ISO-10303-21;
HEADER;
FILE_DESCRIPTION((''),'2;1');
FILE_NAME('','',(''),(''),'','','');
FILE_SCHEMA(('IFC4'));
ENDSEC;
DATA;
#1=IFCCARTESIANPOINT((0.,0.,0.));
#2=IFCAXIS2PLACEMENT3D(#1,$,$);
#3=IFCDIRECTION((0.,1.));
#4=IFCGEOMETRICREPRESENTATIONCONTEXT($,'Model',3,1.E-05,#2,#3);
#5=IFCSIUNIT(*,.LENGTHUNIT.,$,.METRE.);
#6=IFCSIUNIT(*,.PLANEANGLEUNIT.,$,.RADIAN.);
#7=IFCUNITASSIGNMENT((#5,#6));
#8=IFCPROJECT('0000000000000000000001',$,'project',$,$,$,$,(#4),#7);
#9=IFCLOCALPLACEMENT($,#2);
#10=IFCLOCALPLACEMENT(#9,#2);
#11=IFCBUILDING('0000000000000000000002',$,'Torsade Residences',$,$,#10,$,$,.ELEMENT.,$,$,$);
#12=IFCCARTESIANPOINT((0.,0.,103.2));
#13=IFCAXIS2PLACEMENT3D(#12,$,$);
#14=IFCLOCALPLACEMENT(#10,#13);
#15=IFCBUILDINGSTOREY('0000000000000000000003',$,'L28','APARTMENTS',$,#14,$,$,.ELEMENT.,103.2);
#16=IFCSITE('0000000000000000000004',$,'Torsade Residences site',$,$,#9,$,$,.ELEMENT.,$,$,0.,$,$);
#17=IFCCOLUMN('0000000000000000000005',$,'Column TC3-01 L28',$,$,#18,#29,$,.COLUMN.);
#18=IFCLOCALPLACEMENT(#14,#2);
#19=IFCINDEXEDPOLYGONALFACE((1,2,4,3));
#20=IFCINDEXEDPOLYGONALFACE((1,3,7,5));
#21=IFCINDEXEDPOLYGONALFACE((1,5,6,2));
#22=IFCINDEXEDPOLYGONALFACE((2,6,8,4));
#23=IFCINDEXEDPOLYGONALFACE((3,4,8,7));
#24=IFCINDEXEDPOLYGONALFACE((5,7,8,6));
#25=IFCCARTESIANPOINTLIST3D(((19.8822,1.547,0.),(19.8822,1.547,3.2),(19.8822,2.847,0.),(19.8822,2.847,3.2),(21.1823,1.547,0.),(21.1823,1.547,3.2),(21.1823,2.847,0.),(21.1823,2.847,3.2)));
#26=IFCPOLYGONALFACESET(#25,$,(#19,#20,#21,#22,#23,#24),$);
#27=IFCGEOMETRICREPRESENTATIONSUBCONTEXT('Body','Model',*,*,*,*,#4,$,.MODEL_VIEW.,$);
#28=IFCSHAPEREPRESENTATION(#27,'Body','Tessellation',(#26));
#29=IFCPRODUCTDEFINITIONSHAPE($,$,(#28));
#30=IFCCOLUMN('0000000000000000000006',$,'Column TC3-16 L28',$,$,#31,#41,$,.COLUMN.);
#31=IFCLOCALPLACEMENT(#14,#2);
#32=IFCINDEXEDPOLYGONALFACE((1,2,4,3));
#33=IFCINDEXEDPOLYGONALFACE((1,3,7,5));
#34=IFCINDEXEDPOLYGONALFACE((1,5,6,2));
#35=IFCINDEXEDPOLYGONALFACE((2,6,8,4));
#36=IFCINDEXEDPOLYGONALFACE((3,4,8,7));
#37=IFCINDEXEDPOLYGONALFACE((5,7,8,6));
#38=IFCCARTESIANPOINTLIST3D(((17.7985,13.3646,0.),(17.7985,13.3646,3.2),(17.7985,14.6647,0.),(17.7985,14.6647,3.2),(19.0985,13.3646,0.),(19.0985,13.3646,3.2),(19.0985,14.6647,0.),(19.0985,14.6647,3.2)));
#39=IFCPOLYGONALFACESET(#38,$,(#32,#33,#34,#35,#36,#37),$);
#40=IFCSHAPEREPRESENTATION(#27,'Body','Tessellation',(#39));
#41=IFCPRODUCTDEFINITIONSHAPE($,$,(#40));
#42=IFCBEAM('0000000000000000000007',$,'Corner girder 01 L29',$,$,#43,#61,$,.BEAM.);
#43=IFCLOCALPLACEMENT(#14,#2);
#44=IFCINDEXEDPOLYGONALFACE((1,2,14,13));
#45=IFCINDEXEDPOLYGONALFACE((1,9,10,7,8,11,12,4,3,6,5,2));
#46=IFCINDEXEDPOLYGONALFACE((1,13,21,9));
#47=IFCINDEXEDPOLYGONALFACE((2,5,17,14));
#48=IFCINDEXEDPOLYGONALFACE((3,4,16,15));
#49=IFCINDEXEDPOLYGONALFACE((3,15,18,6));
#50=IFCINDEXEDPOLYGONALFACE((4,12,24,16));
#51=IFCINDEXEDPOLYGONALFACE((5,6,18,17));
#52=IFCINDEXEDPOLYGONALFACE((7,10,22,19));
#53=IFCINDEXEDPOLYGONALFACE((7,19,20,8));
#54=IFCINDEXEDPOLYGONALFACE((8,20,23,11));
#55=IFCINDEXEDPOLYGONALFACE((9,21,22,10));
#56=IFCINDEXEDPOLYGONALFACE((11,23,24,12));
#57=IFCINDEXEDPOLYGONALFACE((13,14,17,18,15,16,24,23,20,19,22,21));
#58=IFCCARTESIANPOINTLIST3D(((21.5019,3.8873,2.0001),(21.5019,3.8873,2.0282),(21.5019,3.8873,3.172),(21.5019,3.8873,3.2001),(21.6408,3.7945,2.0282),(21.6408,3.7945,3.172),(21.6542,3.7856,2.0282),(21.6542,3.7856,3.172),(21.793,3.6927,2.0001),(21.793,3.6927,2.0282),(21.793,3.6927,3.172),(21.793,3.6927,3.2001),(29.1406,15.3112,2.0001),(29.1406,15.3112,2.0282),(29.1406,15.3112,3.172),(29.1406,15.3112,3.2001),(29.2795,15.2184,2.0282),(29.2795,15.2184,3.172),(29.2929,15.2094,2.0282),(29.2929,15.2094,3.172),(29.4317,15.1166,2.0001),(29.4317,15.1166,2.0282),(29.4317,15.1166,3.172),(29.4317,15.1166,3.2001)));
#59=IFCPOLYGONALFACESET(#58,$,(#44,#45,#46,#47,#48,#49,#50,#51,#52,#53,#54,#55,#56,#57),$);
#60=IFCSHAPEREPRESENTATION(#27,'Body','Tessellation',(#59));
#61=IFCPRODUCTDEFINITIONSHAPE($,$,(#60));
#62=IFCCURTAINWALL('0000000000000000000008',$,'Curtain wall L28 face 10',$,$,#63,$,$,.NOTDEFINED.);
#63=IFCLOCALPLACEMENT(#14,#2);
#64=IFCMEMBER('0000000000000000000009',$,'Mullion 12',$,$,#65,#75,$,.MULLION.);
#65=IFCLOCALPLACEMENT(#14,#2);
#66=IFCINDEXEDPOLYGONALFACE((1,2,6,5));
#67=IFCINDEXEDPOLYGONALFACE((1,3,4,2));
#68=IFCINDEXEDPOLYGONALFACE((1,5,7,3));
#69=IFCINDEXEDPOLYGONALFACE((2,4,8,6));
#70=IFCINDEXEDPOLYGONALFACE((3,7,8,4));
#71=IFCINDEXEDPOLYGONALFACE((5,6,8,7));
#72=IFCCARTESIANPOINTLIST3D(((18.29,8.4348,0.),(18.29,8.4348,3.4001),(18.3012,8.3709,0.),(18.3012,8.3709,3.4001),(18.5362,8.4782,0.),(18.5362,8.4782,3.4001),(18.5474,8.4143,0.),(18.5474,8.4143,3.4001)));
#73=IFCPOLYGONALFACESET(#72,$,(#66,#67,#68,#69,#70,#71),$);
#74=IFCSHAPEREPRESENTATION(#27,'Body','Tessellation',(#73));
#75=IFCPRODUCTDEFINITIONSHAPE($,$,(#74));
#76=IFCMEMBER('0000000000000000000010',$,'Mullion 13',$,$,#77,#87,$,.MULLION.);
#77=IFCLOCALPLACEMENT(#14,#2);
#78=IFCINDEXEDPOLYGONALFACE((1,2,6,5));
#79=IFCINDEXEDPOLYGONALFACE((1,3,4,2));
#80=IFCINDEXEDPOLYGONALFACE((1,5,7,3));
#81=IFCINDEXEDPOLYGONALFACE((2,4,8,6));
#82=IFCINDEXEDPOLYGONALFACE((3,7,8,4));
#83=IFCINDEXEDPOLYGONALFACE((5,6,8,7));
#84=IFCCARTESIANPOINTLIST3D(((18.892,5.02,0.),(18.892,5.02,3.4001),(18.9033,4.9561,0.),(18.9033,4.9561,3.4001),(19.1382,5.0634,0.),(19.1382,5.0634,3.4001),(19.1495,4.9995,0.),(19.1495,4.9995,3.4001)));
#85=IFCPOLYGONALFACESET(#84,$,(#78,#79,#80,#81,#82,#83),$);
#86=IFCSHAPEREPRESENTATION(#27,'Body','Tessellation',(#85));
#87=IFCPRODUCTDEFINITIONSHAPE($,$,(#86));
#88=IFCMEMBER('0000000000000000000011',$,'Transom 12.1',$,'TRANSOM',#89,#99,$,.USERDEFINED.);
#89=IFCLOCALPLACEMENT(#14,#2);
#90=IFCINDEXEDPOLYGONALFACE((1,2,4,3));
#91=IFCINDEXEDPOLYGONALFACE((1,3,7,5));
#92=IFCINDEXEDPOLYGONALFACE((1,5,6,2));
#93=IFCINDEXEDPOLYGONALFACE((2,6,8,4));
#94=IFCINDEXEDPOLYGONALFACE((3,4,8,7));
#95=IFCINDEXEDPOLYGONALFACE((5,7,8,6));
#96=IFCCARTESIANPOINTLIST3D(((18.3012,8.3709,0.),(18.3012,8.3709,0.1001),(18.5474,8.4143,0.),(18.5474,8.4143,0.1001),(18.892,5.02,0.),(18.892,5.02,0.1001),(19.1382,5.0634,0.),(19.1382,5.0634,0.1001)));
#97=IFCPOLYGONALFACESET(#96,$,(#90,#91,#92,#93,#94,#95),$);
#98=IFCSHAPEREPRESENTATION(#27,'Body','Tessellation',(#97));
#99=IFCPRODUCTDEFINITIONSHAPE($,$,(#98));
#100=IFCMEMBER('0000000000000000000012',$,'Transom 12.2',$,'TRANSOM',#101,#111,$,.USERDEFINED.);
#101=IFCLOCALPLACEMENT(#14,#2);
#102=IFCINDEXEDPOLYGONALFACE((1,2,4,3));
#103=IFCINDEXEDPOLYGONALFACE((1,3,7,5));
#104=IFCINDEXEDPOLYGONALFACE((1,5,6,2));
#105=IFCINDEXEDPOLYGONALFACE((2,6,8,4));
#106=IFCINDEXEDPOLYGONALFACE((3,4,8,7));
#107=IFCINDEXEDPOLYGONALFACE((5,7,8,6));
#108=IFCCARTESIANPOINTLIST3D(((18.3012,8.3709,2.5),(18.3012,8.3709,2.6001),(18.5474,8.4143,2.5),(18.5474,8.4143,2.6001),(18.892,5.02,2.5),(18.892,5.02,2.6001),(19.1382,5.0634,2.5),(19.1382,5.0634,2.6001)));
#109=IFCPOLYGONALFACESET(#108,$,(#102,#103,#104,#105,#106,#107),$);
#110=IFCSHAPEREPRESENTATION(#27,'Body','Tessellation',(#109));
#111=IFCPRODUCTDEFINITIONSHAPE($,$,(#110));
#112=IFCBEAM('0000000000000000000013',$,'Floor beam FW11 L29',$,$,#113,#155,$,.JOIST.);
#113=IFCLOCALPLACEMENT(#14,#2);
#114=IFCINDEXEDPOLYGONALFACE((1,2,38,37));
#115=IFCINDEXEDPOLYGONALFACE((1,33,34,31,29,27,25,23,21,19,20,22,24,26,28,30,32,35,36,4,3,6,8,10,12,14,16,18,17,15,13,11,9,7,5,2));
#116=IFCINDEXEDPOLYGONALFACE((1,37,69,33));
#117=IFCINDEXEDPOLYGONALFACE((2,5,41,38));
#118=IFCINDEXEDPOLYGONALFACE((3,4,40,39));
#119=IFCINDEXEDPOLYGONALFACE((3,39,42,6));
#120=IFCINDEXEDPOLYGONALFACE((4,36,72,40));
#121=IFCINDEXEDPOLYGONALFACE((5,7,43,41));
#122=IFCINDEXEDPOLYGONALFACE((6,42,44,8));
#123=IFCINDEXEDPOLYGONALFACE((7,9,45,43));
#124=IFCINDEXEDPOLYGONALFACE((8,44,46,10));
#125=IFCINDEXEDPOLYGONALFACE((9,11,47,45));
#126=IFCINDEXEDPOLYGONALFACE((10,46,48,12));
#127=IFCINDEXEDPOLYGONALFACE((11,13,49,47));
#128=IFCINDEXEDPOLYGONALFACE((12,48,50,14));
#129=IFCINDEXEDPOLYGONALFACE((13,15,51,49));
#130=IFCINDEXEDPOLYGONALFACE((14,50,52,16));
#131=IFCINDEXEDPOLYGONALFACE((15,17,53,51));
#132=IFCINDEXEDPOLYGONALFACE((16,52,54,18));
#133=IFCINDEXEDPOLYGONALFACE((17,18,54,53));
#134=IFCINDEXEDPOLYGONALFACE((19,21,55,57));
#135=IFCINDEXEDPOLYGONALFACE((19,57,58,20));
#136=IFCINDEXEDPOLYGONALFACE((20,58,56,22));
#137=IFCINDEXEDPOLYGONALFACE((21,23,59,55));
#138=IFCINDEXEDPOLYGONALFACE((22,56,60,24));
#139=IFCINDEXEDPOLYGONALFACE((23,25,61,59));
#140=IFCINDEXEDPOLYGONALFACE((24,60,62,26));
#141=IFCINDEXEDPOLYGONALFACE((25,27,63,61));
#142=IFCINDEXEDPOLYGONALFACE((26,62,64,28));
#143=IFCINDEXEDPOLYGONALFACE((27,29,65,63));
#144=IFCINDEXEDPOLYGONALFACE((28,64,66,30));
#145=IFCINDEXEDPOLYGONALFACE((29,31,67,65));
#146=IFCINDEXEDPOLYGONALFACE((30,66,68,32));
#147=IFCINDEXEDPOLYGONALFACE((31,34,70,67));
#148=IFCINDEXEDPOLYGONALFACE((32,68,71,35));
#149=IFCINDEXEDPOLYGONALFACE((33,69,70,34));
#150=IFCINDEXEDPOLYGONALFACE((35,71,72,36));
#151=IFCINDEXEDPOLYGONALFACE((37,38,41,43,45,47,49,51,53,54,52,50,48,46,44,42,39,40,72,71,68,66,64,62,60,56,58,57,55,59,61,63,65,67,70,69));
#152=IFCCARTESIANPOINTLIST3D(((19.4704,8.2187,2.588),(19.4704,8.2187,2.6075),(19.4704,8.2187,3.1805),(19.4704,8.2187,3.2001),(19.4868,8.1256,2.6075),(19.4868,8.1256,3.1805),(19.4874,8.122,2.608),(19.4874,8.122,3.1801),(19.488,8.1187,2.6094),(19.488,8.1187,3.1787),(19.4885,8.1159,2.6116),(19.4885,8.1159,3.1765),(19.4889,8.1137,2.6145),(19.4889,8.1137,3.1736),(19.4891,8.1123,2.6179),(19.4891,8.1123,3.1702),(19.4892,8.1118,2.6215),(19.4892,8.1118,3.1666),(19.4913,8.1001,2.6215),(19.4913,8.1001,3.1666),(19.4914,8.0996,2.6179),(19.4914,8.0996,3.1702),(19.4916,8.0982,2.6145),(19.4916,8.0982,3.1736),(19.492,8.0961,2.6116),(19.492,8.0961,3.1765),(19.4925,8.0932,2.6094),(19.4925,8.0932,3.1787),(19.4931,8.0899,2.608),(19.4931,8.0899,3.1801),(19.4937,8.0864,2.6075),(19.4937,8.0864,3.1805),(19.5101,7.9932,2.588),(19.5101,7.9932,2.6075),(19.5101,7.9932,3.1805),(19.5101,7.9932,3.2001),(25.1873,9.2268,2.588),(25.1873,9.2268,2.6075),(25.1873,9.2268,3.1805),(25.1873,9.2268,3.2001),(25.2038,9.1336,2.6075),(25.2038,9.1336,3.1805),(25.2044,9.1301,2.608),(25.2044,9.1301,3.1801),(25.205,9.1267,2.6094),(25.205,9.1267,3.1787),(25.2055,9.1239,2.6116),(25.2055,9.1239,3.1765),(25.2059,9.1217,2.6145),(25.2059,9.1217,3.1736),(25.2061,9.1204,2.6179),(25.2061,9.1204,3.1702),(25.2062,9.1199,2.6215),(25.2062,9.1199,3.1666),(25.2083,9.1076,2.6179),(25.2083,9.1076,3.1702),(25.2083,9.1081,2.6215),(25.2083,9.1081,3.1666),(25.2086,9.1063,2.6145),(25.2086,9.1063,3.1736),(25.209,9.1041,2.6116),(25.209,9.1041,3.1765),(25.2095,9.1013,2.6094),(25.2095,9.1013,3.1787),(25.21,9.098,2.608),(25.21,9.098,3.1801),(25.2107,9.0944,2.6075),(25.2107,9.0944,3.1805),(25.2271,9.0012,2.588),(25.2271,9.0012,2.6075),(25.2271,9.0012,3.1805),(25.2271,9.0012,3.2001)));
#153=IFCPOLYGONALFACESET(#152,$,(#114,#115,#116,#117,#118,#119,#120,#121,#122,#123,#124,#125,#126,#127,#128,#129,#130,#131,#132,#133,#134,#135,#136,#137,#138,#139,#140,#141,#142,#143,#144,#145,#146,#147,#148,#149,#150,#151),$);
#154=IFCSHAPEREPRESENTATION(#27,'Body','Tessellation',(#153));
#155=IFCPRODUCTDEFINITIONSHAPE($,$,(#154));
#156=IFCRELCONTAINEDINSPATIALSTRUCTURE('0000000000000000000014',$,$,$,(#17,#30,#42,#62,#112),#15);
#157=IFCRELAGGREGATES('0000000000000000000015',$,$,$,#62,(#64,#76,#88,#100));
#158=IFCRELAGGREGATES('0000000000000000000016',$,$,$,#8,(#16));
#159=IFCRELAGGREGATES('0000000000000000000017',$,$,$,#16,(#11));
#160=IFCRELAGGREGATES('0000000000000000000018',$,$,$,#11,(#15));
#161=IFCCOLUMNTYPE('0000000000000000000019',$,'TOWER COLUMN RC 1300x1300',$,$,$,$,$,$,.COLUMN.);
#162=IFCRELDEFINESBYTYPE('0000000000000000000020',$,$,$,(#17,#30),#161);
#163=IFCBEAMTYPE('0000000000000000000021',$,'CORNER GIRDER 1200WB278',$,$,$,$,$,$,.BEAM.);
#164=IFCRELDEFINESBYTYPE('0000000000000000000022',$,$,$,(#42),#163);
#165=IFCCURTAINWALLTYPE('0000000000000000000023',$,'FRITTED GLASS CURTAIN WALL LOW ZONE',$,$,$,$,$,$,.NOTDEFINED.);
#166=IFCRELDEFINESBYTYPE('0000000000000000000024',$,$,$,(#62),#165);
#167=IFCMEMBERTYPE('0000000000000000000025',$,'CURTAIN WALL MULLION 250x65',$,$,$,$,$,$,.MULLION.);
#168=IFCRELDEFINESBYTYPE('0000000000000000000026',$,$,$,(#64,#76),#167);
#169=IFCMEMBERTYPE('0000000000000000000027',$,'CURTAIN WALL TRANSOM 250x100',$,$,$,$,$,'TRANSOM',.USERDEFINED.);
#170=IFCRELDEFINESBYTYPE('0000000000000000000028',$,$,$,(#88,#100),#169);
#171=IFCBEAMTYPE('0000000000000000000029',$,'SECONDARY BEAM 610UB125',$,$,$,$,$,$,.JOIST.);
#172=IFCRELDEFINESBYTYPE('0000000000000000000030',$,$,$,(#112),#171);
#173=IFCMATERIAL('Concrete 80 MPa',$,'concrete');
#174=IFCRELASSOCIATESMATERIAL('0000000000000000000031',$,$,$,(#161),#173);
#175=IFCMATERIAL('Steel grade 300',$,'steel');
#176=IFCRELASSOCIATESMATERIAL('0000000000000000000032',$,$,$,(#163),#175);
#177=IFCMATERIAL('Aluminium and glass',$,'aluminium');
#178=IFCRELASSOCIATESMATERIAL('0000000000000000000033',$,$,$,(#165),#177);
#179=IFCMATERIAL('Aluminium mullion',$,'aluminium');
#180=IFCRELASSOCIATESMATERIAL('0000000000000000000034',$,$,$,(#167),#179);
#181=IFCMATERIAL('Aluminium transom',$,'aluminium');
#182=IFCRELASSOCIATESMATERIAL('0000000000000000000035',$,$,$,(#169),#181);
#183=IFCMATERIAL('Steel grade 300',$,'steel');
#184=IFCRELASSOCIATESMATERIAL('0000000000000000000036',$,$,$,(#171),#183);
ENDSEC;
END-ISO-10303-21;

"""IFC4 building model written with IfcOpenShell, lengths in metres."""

from ifc_helpers import new_model, si_unit, direction, frame, origin, origin_2d, place, context, subcontext, project, spatial, rectangle, i_section, extrude, material, material_profile, profile_set, type_object, element, aggregate, save


model = new_model("IFC4")

# Units and contexts
model_context = context("Model", 3, precision=1e-05, world=origin(), true_north=direction((0.0, 1.0)))
body_context = subcontext(model_context, "Body", "Model", "MODEL_VIEW")
ifc_project = project(units=[si_unit("LENGTHUNIT", "METRE"), si_unit("PLANEANGLEUNIT", "RADIAN")], contexts=[model_context])

# Site, building, storey
site_placement = place(None, origin())
site = spatial("IfcSite", under=ifc_project, at=site_placement, Name="Torsade Residences site", CompositionType="ELEMENT", RefElevation=0.0)
building_placement = place(site_placement, origin())
building = spatial("IfcBuilding", under=site, at=building_placement, Name="Torsade Residences", CompositionType="ELEMENT")
storey_placement = place(building_placement, frame((0.0, 0.0, 103.2)))
storey = spatial("IfcBuildingStorey", under=building, at=storey_placement, Name="L28", Description="APARTMENTS", CompositionType="ELEMENT", Elevation=103.2)

# Columns
ifc_material_1 = material(Name="Concrete 80 MPa", Category="concrete")
ifc_material_profile_1 = material_profile(ifc_material_1, rectangle(XDim=1.3, YDim=1.3, at=origin_2d()), Name="RC 1300x1300")
ifc_profile_set_1 = profile_set([ifc_material_profile_1], Name="Concrete 80 MPa")
column_type = type_object("IfcColumnType", Name="TOWER COLUMN RC 1300x1300", PredefinedType="COLUMN", material=ifc_profile_set_1)
for number, where, z_axis, x_axis, name in (
    (1, (20.5322, 2.197, 0.0), (0.0, 0.0, 1.0), (1.0, 0.0, 0.0), "Column TC3-01 L28"),
    (2, (18.4485, 14.0146, 0.0), (0.0, 0.0, 1.0), (1.0, 0.0, 0.0), "Column TC3-16 L28"),
):
    element("IfcColumn", number, at=place(storey_placement, frame(where, z_axis=z_axis, x_axis=x_axis)), inside=storey, type_object=column_type, Name=name, PredefinedType="COLUMN", context=body_context, shape_type="SweptSolid", body=[
        extrude(rectangle(XDim=1.3, YDim=1.3, at=origin_2d()), origin(), (0.0, 0.0, 1.0), 3.2),
    ])

# Beam
ifc_material_2 = material(Name="Steel grade 300", Category="steel")
ifc_material_profile_2 = material_profile(ifc_material_2, i_section(OverallWidth=0.3501, OverallDepth=1.2, WebThickness=0.0161, FlangeThickness=0.0281, at=origin_2d()), Name="1200WB278")
ifc_profile_set_2 = profile_set([ifc_material_profile_2], Name="Steel grade 300")
beam_type_1 = type_object("IfcBeamType", Name="CORNER GIRDER 1200WB278", PredefinedType="BEAM", material=ifc_profile_set_2)
beam_1_placement = place(storey_placement, frame((21.6475, 3.79, 2.6001), z_axis=(0.555848, 0.831284, 0.0), x_axis=(-0.831284, 0.555848, 0.0)))
element("IfcBeam", 3, at=beam_1_placement, inside=storey, type_object=beam_type_1, Name="Corner girder 01 L29", PredefinedType="BEAM", context=body_context, shape_type="SweptSolid", body=[
    extrude(i_section(OverallWidth=0.3501, OverallDepth=1.2, WebThickness=0.0161, FlangeThickness=0.0281, at=origin_2d()), origin(), (0.0, 0.0, 1.0), 13.7424),
])

# Curtain wall, members
ifc_material_3 = material(Name="Aluminium and glass", Category="aluminium")
curtain_wall_type = type_object("IfcCurtainWallType", Name="FRITTED GLASS CURTAIN WALL LOW ZONE", PredefinedType="NOTDEFINED", material=ifc_material_3)
curtain_wall_placement = place(storey_placement, origin())
curtain_wall = element("IfcCurtainWall", 4, at=curtain_wall_placement, inside=storey, type_object=curtain_wall_type, Name="Curtain wall L28 face 10", PredefinedType="NOTDEFINED")
ifc_material_4 = material(Name="Aluminium mullion", Category="aluminium")
ifc_material_profile_3 = material_profile(ifc_material_4, rectangle(XDim=0.25, YDim=0.0649, at=origin_2d()), Name="CURTAIN WALL MULLION 250x65")
ifc_profile_set_3 = profile_set([ifc_material_profile_3], Name="Aluminium mullion")
member_type_1 = type_object("IfcMemberType", Name="CURTAIN WALL MULLION 250x65", PredefinedType="MULLION", material=ifc_profile_set_3)
member_1_placement = place(storey_placement, frame((18.4187, 8.4246, 0.0), z_axis=(0.0, 0.0, 1.0), x_axis=(0.984808, 0.173648, 0.0)))
member_1 = element("IfcMember", 5, at=member_1_placement, type_object=member_type_1, Name="Mullion 12", PredefinedType="MULLION", context=body_context, shape_type="SweptSolid", body=[
    extrude(rectangle(XDim=0.25, YDim=0.0649, at=origin_2d()), origin(), (0.0, 0.0, 1.0), 3.4001),
])
member_2_placement = place(storey_placement, frame((19.0208, 5.0098, 0.0), z_axis=(0.0, 0.0, 1.0), x_axis=(0.984808, 0.173648, 0.0)))
member_2 = element("IfcMember", 6, at=member_2_placement, type_object=member_type_1, Name="Mullion 13", PredefinedType="MULLION", context=body_context, shape_type="SweptSolid", body=[
    extrude(rectangle(XDim=0.25, YDim=0.0649, at=origin_2d()), origin(), (0.0, 0.0, 1.0), 3.4001),
])
ifc_material_5 = material(Name="Aluminium transom", Category="aluminium")
ifc_material_profile_4 = material_profile(ifc_material_5, rectangle(XDim=0.25, YDim=0.1001, at=origin_2d()), Name="CURTAIN WALL TRANSOM 250x100")
ifc_profile_set_4 = profile_set([ifc_material_profile_4], Name="Aluminium transom")
member_type_2 = type_object("IfcMemberType", Name="CURTAIN WALL TRANSOM 250x100", ElementType="TRANSOM", PredefinedType="USERDEFINED", material=ifc_profile_set_4)
member_3_placement = place(storey_placement, frame((18.4243, 8.3926, 0.05), z_axis=(0.173642, -0.984809, 0.0), x_axis=(0.984809, 0.173642, 0.0)))
member_3 = element("IfcMember", 7, at=member_3_placement, type_object=member_type_2, Name="Transom 12.1", ObjectType="TRANSOM", PredefinedType="USERDEFINED", context=body_context, shape_type="SweptSolid", body=[
    extrude(rectangle(XDim=0.25, YDim=0.1001, at=origin_2d()), origin(), (0.0, 0.0, 1.0), 3.4026),
])
member_4_placement = place(storey_placement, frame((18.4243, 8.3926, 2.55), z_axis=(0.173642, -0.984809, 0.0), x_axis=(0.984809, 0.173642, 0.0)))
member_4 = element("IfcMember", 8, at=member_4_placement, type_object=member_type_2, Name="Transom 12.2", ObjectType="TRANSOM", PredefinedType="USERDEFINED", context=body_context, shape_type="SweptSolid", body=[
    extrude(rectangle(XDim=0.25, YDim=0.1001, at=origin_2d()), origin(), (0.0, 0.0, 1.0), 3.4026),
])

# Beam
ifc_material_6 = material(Name="Steel grade 300", Category="steel")
ifc_material_profile_5 = material_profile(ifc_material_6, i_section(OverallWidth=0.229, OverallDepth=0.6121, WebThickness=0.012, FlangeThickness=0.0195, FilletRadius=0.0139, at=origin_2d()), Name="610UB125")
ifc_profile_set_5 = profile_set([ifc_material_profile_5], Name="Steel grade 300")
beam_type_2 = type_object("IfcBeamType", Name="SECONDARY BEAM 610UB125", PredefinedType="JOIST", material=ifc_profile_set_5)
beam_2_placement = place(storey_placement, frame((19.4902, 8.106, 2.894), z_axis=(0.984808, 0.173646, 0.0), x_axis=(-0.173646, 0.984808, 0.0)))
element("IfcBeam", 9, at=beam_2_placement, inside=storey, type_object=beam_type_2, Name="Floor beam FW11 L29", PredefinedType="JOIST", context=body_context, shape_type="SweptSolid", body=[
    extrude(i_section(OverallWidth=0.229, OverallDepth=0.6121, WebThickness=0.012, FlangeThickness=0.0195, FilletRadius=0.0139, at=origin_2d()), origin(), (0.0, 0.0, 1.0), 5.8052),
])

aggregate(curtain_wall, [member_1, member_2, member_3, member_4])

save(model, "model.ifc")
